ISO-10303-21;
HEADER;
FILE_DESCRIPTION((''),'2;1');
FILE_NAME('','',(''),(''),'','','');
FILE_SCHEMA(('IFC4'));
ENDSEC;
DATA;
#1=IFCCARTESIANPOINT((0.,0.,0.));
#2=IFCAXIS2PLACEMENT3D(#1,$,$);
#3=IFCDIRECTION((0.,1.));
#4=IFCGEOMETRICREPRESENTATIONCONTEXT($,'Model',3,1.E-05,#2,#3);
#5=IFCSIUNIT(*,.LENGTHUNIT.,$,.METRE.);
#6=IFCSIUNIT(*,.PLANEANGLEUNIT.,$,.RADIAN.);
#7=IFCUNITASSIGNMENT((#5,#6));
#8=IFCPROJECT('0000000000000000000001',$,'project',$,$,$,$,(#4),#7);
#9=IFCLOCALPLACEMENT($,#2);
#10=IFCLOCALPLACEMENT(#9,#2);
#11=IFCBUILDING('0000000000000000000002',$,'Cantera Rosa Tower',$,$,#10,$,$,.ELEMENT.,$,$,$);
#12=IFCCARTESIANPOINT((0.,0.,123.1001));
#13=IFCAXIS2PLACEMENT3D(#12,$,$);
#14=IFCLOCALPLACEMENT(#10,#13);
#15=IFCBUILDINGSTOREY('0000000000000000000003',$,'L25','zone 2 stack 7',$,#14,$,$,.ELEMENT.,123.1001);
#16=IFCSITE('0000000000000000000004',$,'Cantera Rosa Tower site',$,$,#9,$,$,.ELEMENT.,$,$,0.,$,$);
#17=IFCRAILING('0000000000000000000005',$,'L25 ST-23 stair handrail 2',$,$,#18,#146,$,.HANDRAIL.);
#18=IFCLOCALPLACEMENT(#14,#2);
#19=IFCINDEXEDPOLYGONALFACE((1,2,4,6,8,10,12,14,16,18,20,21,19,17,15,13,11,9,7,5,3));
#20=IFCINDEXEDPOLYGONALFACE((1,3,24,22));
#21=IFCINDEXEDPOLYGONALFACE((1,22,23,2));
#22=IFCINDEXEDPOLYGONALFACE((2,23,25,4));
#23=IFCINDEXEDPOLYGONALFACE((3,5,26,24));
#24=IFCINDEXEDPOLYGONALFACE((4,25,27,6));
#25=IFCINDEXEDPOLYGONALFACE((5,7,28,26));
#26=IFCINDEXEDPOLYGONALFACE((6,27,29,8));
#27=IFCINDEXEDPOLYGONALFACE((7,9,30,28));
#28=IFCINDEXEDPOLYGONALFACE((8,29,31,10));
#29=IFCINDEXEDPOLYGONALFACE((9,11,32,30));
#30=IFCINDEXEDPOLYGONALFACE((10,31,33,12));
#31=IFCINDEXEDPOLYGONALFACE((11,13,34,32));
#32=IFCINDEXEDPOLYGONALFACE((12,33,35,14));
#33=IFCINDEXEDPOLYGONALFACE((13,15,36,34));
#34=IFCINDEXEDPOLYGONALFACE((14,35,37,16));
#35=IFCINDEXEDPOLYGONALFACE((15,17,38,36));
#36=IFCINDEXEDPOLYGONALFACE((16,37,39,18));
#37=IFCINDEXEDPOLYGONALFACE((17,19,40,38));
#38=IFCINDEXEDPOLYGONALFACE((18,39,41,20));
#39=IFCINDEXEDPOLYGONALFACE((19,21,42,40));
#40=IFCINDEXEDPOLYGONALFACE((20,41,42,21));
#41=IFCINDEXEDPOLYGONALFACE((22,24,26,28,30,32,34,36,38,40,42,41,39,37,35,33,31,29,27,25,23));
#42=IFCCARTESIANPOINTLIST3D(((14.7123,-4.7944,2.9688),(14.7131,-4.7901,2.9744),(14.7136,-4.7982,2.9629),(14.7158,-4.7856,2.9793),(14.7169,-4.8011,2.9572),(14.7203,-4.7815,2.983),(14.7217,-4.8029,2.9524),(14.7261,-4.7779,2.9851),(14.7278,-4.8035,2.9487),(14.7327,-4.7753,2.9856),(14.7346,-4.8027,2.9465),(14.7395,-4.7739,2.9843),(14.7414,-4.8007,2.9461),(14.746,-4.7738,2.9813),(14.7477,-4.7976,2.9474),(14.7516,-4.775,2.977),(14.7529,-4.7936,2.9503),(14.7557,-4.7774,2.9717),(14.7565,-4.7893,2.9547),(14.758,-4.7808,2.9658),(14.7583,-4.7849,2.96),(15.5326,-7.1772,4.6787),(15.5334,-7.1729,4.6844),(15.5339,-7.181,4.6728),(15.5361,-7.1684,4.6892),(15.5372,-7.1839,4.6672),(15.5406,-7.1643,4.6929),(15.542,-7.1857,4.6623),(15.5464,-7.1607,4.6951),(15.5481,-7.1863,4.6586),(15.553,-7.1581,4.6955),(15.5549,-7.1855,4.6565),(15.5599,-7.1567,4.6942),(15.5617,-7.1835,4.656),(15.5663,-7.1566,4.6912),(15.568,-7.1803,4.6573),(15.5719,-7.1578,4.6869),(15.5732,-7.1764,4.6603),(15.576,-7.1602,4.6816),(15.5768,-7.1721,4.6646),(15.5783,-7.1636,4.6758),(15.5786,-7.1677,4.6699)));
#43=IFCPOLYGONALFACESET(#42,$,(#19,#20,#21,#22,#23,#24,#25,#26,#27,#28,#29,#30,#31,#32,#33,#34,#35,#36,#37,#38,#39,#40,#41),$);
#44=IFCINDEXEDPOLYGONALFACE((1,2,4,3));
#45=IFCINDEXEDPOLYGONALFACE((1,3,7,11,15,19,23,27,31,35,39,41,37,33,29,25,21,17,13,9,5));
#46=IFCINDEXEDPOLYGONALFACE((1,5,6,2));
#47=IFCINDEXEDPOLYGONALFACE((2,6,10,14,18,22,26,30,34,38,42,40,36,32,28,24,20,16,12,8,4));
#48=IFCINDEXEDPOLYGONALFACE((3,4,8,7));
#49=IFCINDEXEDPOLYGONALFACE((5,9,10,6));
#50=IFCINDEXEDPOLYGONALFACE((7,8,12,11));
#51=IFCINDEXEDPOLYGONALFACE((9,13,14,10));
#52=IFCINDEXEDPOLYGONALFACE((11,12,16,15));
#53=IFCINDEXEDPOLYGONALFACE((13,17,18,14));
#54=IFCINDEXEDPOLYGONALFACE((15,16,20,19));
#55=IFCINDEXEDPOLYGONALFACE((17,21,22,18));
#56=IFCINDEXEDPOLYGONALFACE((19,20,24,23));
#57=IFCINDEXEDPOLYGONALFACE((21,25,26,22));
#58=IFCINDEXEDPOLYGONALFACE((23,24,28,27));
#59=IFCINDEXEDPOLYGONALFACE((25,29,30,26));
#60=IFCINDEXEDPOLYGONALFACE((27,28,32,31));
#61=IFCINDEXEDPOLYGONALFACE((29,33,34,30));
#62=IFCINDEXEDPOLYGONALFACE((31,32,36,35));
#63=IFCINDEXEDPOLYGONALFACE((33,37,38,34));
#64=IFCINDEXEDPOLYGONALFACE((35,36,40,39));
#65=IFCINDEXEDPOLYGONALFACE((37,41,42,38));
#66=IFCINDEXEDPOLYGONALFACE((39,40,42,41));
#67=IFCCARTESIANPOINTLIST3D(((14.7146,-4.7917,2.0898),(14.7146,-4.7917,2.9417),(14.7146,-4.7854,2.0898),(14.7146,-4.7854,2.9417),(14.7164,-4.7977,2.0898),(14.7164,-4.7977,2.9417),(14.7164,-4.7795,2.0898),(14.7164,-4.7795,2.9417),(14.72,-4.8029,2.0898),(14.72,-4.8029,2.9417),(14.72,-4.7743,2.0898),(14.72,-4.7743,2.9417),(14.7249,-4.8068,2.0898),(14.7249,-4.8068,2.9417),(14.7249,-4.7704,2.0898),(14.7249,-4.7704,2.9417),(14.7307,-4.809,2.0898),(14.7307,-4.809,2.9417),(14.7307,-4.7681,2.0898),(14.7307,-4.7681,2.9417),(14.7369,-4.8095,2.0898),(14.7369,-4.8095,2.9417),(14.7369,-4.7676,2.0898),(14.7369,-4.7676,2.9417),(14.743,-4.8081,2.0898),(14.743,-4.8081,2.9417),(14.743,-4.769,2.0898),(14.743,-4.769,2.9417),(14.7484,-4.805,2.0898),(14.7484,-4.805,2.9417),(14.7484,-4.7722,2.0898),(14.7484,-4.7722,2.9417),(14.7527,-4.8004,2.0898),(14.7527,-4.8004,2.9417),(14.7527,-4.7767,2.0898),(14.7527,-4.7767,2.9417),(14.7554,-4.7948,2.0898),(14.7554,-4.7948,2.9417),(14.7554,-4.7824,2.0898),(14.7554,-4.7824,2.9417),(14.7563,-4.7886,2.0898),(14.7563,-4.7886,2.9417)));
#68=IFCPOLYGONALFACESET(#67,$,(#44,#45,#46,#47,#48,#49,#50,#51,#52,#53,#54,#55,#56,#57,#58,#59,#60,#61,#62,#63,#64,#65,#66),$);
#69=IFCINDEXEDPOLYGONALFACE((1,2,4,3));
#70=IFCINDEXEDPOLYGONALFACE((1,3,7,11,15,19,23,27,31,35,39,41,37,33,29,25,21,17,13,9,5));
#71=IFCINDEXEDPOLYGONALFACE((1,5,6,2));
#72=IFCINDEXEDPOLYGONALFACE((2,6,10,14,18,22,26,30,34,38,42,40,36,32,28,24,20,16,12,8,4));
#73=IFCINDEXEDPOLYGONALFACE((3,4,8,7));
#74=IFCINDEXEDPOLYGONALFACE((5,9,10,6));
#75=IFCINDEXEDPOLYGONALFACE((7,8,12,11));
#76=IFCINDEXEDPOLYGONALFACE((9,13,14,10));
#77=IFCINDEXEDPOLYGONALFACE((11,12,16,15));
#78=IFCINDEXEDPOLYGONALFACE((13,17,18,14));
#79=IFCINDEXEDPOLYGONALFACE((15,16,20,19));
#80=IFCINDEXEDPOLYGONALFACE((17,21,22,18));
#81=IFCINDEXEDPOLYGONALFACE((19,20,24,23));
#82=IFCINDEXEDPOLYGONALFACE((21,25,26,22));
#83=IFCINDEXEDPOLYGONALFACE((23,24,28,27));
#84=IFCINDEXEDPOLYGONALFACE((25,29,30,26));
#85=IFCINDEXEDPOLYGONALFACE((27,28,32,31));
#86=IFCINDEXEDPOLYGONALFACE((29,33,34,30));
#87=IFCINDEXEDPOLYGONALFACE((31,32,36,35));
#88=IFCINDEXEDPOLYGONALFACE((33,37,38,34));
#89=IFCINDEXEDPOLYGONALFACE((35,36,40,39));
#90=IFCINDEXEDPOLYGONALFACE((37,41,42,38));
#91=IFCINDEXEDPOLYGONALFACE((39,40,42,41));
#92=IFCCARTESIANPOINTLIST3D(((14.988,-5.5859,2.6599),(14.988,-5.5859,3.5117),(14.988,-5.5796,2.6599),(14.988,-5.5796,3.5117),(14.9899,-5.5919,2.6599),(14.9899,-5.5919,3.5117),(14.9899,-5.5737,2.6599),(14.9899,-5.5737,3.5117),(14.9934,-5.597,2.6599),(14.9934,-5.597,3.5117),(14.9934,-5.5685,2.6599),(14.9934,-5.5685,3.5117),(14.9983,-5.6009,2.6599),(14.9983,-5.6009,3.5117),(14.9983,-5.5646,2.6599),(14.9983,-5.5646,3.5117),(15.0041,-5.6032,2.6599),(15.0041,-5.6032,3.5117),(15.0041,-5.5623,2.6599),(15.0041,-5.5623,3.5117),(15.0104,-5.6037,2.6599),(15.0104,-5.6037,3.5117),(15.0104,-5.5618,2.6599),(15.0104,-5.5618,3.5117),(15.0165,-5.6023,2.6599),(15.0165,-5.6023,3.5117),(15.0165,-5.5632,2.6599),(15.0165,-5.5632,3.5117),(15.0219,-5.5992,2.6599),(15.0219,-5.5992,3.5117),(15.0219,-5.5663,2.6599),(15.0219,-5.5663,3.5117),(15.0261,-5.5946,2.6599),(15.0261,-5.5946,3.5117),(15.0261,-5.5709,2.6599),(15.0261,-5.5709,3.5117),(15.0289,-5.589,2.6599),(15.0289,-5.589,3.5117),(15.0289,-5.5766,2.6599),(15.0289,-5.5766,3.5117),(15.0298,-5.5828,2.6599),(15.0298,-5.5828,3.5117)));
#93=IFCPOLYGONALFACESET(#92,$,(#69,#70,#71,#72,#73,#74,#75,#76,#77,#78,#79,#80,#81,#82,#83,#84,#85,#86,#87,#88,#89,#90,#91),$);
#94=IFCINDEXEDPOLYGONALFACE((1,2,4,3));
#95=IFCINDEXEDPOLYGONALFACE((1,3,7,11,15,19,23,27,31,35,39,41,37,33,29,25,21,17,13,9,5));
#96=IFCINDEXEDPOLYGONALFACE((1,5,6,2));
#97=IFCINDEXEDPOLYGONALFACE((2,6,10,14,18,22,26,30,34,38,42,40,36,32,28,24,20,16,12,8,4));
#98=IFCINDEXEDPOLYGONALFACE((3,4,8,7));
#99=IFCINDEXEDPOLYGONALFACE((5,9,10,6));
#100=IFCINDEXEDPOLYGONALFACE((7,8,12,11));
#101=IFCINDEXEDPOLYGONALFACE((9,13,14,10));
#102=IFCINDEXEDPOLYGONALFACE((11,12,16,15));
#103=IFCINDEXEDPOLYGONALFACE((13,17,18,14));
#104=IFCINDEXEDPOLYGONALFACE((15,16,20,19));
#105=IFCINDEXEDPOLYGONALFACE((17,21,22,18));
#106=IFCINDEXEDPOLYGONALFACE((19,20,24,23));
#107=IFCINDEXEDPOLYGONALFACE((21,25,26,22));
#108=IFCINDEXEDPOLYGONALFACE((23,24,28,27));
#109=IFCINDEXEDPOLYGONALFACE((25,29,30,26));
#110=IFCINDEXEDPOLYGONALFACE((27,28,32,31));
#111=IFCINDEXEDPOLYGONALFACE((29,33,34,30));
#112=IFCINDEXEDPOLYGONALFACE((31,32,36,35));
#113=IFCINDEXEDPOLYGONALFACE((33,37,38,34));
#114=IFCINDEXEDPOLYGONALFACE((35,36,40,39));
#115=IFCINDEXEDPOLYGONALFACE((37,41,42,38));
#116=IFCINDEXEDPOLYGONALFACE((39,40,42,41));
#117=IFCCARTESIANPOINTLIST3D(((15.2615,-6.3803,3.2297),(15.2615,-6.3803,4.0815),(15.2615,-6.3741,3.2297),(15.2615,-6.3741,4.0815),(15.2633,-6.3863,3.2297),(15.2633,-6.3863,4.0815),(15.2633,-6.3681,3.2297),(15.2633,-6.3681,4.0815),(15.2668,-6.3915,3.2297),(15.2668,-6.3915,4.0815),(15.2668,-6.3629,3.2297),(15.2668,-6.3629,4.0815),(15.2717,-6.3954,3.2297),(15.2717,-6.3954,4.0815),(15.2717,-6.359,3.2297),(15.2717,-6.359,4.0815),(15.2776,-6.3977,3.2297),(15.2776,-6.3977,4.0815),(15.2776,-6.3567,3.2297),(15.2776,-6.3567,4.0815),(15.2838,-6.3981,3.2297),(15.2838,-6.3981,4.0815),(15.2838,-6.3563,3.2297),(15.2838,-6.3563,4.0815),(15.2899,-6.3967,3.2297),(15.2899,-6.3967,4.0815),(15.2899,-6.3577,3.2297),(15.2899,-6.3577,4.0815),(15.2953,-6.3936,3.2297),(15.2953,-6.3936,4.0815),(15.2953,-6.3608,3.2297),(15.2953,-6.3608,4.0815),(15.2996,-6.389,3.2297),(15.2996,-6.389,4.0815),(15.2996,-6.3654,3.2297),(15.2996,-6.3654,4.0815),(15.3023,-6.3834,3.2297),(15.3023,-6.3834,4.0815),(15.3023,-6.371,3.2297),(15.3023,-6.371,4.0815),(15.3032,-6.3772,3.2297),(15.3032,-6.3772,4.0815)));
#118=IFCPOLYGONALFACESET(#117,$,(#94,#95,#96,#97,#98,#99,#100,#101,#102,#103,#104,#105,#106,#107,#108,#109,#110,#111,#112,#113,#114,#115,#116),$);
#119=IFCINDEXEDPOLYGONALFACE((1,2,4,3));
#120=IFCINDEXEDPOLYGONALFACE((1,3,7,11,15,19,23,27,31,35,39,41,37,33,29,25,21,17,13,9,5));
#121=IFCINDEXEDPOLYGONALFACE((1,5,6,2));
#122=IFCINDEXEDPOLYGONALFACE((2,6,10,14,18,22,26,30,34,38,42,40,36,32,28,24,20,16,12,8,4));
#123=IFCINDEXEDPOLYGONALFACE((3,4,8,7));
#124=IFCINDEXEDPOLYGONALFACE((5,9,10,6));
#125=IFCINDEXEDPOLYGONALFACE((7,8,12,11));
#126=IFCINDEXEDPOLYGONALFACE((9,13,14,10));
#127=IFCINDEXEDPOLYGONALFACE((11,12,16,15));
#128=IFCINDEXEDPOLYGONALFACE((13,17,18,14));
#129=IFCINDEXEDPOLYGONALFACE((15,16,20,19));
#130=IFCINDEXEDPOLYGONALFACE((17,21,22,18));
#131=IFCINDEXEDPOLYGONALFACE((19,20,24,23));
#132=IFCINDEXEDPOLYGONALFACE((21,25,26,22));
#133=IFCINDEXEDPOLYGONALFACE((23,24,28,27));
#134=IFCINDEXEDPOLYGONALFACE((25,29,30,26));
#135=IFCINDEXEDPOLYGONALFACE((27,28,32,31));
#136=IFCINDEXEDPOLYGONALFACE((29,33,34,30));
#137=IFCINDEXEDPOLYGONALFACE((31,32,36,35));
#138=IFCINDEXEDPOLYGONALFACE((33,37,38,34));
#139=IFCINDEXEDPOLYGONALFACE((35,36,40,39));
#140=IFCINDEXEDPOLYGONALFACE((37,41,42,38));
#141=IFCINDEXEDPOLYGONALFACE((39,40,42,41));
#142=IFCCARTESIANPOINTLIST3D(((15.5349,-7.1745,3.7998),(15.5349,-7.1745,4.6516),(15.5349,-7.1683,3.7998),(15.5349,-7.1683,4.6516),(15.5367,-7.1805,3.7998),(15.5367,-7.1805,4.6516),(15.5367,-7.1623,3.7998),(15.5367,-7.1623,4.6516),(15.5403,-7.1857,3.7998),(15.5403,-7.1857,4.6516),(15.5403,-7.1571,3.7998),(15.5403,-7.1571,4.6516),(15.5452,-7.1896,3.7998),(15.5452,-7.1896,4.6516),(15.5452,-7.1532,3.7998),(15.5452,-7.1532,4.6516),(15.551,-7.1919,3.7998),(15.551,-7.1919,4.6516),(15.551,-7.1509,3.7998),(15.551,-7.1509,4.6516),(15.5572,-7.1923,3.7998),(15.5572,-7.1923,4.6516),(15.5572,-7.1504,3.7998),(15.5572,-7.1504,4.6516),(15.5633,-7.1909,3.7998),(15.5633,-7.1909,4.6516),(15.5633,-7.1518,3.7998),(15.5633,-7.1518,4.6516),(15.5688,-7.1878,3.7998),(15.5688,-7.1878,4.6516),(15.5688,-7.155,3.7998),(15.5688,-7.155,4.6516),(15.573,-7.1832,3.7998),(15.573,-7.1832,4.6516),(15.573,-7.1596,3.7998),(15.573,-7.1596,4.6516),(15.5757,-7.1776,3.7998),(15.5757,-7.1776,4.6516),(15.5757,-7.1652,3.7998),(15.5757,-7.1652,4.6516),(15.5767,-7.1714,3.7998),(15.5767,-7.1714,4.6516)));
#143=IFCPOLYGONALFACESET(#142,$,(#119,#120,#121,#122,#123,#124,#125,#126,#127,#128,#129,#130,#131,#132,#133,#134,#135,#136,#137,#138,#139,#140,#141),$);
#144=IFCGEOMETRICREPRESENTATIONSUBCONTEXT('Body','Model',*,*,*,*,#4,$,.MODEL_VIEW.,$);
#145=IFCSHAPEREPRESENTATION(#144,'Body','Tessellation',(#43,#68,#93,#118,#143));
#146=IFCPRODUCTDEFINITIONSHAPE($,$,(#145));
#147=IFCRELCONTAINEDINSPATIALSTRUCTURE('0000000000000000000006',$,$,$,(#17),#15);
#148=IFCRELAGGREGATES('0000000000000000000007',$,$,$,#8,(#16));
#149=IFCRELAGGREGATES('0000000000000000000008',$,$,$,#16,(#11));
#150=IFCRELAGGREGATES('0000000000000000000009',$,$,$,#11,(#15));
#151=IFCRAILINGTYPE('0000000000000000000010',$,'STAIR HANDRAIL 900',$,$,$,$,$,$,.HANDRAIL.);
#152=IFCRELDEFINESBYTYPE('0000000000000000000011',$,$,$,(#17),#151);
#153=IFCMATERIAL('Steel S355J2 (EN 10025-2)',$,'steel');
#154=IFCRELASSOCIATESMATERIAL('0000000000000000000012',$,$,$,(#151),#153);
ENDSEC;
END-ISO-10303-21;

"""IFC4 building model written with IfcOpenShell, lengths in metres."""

from ifc_helpers import new_model, si_unit, direction, frame, origin, origin_2d, place, context, subcontext, project, spatial, circle, extrude, material, type_object, element, save


model = new_model("IFC4")

# Units and contexts
model_context = context("Model", 3, precision=1e-05, world=origin(), true_north=direction((0.0, 1.0)))
body_context = subcontext(model_context, "Body", "Model", "MODEL_VIEW")
ifc_project = project(units=[si_unit("LENGTHUNIT", "METRE"), si_unit("PLANEANGLEUNIT", "RADIAN")], contexts=[model_context])

# Site, building, storey
site_placement = place(None, origin())
site = spatial("IfcSite", under=ifc_project, at=site_placement, Name="Cantera Rosa Tower site", CompositionType="ELEMENT", RefElevation=0.0)
building_placement = place(site_placement, origin())
building = spatial("IfcBuilding", under=site, at=building_placement, Name="Cantera Rosa Tower", CompositionType="ELEMENT")
storey_placement = place(building_placement, frame((0.0, 0.0, 123.1001)))
storey = spatial("IfcBuildingStorey", under=building, at=storey_placement, Name="L25", Description="zone 2 stack 7", CompositionType="ELEMENT", Elevation=123.1001)

# Railing
ifc_material_1 = material(Name="Steel S355J2 (EN 10025-2)", Category="steel")
railing_type = type_object("IfcRailingType", Name="STAIR HANDRAIL 900", PredefinedType="HANDRAIL", material=ifc_material_1)
railing_placement = place(storey_placement, frame((14.7354, -4.7886, 2.0898)))
element("IfcRailing", 1, at=railing_placement, inside=storey, type_object=railing_type, Name="L25 ST-23 stair handrail 2", PredefinedType="HANDRAIL", context=body_context, shape_type="SweptSolid", body=[
    extrude(circle(Radius=0.0239, at=origin_2d()), frame((0.0, 0.0, 0.876), z_axis=(0.269358, -0.782421, 0.561483), x_axis=(0.945538, 0.325513, 0.0)), (0.0, 0.0, 1.0), 3.0454),
    extrude(circle(Radius=0.021, at=origin_2d()), origin(), (0.0, 0.0, 1.0), 0.8518),
    extrude(circle(Radius=0.021, at=origin_2d()), frame((0.2734, -0.7942, 0.5701)), (0.0, 0.0, 1.0), 0.8518),
    extrude(circle(Radius=0.021, at=origin_2d()), frame((0.5469, -1.5886, 1.1399)), (0.0, 0.0, 1.0), 0.8518),
    extrude(circle(Radius=0.021, at=origin_2d()), frame((0.8203, -2.3828, 1.71)), (0.0, 0.0, 1.0), 0.8518),
])

save(model, "model.ifc")
